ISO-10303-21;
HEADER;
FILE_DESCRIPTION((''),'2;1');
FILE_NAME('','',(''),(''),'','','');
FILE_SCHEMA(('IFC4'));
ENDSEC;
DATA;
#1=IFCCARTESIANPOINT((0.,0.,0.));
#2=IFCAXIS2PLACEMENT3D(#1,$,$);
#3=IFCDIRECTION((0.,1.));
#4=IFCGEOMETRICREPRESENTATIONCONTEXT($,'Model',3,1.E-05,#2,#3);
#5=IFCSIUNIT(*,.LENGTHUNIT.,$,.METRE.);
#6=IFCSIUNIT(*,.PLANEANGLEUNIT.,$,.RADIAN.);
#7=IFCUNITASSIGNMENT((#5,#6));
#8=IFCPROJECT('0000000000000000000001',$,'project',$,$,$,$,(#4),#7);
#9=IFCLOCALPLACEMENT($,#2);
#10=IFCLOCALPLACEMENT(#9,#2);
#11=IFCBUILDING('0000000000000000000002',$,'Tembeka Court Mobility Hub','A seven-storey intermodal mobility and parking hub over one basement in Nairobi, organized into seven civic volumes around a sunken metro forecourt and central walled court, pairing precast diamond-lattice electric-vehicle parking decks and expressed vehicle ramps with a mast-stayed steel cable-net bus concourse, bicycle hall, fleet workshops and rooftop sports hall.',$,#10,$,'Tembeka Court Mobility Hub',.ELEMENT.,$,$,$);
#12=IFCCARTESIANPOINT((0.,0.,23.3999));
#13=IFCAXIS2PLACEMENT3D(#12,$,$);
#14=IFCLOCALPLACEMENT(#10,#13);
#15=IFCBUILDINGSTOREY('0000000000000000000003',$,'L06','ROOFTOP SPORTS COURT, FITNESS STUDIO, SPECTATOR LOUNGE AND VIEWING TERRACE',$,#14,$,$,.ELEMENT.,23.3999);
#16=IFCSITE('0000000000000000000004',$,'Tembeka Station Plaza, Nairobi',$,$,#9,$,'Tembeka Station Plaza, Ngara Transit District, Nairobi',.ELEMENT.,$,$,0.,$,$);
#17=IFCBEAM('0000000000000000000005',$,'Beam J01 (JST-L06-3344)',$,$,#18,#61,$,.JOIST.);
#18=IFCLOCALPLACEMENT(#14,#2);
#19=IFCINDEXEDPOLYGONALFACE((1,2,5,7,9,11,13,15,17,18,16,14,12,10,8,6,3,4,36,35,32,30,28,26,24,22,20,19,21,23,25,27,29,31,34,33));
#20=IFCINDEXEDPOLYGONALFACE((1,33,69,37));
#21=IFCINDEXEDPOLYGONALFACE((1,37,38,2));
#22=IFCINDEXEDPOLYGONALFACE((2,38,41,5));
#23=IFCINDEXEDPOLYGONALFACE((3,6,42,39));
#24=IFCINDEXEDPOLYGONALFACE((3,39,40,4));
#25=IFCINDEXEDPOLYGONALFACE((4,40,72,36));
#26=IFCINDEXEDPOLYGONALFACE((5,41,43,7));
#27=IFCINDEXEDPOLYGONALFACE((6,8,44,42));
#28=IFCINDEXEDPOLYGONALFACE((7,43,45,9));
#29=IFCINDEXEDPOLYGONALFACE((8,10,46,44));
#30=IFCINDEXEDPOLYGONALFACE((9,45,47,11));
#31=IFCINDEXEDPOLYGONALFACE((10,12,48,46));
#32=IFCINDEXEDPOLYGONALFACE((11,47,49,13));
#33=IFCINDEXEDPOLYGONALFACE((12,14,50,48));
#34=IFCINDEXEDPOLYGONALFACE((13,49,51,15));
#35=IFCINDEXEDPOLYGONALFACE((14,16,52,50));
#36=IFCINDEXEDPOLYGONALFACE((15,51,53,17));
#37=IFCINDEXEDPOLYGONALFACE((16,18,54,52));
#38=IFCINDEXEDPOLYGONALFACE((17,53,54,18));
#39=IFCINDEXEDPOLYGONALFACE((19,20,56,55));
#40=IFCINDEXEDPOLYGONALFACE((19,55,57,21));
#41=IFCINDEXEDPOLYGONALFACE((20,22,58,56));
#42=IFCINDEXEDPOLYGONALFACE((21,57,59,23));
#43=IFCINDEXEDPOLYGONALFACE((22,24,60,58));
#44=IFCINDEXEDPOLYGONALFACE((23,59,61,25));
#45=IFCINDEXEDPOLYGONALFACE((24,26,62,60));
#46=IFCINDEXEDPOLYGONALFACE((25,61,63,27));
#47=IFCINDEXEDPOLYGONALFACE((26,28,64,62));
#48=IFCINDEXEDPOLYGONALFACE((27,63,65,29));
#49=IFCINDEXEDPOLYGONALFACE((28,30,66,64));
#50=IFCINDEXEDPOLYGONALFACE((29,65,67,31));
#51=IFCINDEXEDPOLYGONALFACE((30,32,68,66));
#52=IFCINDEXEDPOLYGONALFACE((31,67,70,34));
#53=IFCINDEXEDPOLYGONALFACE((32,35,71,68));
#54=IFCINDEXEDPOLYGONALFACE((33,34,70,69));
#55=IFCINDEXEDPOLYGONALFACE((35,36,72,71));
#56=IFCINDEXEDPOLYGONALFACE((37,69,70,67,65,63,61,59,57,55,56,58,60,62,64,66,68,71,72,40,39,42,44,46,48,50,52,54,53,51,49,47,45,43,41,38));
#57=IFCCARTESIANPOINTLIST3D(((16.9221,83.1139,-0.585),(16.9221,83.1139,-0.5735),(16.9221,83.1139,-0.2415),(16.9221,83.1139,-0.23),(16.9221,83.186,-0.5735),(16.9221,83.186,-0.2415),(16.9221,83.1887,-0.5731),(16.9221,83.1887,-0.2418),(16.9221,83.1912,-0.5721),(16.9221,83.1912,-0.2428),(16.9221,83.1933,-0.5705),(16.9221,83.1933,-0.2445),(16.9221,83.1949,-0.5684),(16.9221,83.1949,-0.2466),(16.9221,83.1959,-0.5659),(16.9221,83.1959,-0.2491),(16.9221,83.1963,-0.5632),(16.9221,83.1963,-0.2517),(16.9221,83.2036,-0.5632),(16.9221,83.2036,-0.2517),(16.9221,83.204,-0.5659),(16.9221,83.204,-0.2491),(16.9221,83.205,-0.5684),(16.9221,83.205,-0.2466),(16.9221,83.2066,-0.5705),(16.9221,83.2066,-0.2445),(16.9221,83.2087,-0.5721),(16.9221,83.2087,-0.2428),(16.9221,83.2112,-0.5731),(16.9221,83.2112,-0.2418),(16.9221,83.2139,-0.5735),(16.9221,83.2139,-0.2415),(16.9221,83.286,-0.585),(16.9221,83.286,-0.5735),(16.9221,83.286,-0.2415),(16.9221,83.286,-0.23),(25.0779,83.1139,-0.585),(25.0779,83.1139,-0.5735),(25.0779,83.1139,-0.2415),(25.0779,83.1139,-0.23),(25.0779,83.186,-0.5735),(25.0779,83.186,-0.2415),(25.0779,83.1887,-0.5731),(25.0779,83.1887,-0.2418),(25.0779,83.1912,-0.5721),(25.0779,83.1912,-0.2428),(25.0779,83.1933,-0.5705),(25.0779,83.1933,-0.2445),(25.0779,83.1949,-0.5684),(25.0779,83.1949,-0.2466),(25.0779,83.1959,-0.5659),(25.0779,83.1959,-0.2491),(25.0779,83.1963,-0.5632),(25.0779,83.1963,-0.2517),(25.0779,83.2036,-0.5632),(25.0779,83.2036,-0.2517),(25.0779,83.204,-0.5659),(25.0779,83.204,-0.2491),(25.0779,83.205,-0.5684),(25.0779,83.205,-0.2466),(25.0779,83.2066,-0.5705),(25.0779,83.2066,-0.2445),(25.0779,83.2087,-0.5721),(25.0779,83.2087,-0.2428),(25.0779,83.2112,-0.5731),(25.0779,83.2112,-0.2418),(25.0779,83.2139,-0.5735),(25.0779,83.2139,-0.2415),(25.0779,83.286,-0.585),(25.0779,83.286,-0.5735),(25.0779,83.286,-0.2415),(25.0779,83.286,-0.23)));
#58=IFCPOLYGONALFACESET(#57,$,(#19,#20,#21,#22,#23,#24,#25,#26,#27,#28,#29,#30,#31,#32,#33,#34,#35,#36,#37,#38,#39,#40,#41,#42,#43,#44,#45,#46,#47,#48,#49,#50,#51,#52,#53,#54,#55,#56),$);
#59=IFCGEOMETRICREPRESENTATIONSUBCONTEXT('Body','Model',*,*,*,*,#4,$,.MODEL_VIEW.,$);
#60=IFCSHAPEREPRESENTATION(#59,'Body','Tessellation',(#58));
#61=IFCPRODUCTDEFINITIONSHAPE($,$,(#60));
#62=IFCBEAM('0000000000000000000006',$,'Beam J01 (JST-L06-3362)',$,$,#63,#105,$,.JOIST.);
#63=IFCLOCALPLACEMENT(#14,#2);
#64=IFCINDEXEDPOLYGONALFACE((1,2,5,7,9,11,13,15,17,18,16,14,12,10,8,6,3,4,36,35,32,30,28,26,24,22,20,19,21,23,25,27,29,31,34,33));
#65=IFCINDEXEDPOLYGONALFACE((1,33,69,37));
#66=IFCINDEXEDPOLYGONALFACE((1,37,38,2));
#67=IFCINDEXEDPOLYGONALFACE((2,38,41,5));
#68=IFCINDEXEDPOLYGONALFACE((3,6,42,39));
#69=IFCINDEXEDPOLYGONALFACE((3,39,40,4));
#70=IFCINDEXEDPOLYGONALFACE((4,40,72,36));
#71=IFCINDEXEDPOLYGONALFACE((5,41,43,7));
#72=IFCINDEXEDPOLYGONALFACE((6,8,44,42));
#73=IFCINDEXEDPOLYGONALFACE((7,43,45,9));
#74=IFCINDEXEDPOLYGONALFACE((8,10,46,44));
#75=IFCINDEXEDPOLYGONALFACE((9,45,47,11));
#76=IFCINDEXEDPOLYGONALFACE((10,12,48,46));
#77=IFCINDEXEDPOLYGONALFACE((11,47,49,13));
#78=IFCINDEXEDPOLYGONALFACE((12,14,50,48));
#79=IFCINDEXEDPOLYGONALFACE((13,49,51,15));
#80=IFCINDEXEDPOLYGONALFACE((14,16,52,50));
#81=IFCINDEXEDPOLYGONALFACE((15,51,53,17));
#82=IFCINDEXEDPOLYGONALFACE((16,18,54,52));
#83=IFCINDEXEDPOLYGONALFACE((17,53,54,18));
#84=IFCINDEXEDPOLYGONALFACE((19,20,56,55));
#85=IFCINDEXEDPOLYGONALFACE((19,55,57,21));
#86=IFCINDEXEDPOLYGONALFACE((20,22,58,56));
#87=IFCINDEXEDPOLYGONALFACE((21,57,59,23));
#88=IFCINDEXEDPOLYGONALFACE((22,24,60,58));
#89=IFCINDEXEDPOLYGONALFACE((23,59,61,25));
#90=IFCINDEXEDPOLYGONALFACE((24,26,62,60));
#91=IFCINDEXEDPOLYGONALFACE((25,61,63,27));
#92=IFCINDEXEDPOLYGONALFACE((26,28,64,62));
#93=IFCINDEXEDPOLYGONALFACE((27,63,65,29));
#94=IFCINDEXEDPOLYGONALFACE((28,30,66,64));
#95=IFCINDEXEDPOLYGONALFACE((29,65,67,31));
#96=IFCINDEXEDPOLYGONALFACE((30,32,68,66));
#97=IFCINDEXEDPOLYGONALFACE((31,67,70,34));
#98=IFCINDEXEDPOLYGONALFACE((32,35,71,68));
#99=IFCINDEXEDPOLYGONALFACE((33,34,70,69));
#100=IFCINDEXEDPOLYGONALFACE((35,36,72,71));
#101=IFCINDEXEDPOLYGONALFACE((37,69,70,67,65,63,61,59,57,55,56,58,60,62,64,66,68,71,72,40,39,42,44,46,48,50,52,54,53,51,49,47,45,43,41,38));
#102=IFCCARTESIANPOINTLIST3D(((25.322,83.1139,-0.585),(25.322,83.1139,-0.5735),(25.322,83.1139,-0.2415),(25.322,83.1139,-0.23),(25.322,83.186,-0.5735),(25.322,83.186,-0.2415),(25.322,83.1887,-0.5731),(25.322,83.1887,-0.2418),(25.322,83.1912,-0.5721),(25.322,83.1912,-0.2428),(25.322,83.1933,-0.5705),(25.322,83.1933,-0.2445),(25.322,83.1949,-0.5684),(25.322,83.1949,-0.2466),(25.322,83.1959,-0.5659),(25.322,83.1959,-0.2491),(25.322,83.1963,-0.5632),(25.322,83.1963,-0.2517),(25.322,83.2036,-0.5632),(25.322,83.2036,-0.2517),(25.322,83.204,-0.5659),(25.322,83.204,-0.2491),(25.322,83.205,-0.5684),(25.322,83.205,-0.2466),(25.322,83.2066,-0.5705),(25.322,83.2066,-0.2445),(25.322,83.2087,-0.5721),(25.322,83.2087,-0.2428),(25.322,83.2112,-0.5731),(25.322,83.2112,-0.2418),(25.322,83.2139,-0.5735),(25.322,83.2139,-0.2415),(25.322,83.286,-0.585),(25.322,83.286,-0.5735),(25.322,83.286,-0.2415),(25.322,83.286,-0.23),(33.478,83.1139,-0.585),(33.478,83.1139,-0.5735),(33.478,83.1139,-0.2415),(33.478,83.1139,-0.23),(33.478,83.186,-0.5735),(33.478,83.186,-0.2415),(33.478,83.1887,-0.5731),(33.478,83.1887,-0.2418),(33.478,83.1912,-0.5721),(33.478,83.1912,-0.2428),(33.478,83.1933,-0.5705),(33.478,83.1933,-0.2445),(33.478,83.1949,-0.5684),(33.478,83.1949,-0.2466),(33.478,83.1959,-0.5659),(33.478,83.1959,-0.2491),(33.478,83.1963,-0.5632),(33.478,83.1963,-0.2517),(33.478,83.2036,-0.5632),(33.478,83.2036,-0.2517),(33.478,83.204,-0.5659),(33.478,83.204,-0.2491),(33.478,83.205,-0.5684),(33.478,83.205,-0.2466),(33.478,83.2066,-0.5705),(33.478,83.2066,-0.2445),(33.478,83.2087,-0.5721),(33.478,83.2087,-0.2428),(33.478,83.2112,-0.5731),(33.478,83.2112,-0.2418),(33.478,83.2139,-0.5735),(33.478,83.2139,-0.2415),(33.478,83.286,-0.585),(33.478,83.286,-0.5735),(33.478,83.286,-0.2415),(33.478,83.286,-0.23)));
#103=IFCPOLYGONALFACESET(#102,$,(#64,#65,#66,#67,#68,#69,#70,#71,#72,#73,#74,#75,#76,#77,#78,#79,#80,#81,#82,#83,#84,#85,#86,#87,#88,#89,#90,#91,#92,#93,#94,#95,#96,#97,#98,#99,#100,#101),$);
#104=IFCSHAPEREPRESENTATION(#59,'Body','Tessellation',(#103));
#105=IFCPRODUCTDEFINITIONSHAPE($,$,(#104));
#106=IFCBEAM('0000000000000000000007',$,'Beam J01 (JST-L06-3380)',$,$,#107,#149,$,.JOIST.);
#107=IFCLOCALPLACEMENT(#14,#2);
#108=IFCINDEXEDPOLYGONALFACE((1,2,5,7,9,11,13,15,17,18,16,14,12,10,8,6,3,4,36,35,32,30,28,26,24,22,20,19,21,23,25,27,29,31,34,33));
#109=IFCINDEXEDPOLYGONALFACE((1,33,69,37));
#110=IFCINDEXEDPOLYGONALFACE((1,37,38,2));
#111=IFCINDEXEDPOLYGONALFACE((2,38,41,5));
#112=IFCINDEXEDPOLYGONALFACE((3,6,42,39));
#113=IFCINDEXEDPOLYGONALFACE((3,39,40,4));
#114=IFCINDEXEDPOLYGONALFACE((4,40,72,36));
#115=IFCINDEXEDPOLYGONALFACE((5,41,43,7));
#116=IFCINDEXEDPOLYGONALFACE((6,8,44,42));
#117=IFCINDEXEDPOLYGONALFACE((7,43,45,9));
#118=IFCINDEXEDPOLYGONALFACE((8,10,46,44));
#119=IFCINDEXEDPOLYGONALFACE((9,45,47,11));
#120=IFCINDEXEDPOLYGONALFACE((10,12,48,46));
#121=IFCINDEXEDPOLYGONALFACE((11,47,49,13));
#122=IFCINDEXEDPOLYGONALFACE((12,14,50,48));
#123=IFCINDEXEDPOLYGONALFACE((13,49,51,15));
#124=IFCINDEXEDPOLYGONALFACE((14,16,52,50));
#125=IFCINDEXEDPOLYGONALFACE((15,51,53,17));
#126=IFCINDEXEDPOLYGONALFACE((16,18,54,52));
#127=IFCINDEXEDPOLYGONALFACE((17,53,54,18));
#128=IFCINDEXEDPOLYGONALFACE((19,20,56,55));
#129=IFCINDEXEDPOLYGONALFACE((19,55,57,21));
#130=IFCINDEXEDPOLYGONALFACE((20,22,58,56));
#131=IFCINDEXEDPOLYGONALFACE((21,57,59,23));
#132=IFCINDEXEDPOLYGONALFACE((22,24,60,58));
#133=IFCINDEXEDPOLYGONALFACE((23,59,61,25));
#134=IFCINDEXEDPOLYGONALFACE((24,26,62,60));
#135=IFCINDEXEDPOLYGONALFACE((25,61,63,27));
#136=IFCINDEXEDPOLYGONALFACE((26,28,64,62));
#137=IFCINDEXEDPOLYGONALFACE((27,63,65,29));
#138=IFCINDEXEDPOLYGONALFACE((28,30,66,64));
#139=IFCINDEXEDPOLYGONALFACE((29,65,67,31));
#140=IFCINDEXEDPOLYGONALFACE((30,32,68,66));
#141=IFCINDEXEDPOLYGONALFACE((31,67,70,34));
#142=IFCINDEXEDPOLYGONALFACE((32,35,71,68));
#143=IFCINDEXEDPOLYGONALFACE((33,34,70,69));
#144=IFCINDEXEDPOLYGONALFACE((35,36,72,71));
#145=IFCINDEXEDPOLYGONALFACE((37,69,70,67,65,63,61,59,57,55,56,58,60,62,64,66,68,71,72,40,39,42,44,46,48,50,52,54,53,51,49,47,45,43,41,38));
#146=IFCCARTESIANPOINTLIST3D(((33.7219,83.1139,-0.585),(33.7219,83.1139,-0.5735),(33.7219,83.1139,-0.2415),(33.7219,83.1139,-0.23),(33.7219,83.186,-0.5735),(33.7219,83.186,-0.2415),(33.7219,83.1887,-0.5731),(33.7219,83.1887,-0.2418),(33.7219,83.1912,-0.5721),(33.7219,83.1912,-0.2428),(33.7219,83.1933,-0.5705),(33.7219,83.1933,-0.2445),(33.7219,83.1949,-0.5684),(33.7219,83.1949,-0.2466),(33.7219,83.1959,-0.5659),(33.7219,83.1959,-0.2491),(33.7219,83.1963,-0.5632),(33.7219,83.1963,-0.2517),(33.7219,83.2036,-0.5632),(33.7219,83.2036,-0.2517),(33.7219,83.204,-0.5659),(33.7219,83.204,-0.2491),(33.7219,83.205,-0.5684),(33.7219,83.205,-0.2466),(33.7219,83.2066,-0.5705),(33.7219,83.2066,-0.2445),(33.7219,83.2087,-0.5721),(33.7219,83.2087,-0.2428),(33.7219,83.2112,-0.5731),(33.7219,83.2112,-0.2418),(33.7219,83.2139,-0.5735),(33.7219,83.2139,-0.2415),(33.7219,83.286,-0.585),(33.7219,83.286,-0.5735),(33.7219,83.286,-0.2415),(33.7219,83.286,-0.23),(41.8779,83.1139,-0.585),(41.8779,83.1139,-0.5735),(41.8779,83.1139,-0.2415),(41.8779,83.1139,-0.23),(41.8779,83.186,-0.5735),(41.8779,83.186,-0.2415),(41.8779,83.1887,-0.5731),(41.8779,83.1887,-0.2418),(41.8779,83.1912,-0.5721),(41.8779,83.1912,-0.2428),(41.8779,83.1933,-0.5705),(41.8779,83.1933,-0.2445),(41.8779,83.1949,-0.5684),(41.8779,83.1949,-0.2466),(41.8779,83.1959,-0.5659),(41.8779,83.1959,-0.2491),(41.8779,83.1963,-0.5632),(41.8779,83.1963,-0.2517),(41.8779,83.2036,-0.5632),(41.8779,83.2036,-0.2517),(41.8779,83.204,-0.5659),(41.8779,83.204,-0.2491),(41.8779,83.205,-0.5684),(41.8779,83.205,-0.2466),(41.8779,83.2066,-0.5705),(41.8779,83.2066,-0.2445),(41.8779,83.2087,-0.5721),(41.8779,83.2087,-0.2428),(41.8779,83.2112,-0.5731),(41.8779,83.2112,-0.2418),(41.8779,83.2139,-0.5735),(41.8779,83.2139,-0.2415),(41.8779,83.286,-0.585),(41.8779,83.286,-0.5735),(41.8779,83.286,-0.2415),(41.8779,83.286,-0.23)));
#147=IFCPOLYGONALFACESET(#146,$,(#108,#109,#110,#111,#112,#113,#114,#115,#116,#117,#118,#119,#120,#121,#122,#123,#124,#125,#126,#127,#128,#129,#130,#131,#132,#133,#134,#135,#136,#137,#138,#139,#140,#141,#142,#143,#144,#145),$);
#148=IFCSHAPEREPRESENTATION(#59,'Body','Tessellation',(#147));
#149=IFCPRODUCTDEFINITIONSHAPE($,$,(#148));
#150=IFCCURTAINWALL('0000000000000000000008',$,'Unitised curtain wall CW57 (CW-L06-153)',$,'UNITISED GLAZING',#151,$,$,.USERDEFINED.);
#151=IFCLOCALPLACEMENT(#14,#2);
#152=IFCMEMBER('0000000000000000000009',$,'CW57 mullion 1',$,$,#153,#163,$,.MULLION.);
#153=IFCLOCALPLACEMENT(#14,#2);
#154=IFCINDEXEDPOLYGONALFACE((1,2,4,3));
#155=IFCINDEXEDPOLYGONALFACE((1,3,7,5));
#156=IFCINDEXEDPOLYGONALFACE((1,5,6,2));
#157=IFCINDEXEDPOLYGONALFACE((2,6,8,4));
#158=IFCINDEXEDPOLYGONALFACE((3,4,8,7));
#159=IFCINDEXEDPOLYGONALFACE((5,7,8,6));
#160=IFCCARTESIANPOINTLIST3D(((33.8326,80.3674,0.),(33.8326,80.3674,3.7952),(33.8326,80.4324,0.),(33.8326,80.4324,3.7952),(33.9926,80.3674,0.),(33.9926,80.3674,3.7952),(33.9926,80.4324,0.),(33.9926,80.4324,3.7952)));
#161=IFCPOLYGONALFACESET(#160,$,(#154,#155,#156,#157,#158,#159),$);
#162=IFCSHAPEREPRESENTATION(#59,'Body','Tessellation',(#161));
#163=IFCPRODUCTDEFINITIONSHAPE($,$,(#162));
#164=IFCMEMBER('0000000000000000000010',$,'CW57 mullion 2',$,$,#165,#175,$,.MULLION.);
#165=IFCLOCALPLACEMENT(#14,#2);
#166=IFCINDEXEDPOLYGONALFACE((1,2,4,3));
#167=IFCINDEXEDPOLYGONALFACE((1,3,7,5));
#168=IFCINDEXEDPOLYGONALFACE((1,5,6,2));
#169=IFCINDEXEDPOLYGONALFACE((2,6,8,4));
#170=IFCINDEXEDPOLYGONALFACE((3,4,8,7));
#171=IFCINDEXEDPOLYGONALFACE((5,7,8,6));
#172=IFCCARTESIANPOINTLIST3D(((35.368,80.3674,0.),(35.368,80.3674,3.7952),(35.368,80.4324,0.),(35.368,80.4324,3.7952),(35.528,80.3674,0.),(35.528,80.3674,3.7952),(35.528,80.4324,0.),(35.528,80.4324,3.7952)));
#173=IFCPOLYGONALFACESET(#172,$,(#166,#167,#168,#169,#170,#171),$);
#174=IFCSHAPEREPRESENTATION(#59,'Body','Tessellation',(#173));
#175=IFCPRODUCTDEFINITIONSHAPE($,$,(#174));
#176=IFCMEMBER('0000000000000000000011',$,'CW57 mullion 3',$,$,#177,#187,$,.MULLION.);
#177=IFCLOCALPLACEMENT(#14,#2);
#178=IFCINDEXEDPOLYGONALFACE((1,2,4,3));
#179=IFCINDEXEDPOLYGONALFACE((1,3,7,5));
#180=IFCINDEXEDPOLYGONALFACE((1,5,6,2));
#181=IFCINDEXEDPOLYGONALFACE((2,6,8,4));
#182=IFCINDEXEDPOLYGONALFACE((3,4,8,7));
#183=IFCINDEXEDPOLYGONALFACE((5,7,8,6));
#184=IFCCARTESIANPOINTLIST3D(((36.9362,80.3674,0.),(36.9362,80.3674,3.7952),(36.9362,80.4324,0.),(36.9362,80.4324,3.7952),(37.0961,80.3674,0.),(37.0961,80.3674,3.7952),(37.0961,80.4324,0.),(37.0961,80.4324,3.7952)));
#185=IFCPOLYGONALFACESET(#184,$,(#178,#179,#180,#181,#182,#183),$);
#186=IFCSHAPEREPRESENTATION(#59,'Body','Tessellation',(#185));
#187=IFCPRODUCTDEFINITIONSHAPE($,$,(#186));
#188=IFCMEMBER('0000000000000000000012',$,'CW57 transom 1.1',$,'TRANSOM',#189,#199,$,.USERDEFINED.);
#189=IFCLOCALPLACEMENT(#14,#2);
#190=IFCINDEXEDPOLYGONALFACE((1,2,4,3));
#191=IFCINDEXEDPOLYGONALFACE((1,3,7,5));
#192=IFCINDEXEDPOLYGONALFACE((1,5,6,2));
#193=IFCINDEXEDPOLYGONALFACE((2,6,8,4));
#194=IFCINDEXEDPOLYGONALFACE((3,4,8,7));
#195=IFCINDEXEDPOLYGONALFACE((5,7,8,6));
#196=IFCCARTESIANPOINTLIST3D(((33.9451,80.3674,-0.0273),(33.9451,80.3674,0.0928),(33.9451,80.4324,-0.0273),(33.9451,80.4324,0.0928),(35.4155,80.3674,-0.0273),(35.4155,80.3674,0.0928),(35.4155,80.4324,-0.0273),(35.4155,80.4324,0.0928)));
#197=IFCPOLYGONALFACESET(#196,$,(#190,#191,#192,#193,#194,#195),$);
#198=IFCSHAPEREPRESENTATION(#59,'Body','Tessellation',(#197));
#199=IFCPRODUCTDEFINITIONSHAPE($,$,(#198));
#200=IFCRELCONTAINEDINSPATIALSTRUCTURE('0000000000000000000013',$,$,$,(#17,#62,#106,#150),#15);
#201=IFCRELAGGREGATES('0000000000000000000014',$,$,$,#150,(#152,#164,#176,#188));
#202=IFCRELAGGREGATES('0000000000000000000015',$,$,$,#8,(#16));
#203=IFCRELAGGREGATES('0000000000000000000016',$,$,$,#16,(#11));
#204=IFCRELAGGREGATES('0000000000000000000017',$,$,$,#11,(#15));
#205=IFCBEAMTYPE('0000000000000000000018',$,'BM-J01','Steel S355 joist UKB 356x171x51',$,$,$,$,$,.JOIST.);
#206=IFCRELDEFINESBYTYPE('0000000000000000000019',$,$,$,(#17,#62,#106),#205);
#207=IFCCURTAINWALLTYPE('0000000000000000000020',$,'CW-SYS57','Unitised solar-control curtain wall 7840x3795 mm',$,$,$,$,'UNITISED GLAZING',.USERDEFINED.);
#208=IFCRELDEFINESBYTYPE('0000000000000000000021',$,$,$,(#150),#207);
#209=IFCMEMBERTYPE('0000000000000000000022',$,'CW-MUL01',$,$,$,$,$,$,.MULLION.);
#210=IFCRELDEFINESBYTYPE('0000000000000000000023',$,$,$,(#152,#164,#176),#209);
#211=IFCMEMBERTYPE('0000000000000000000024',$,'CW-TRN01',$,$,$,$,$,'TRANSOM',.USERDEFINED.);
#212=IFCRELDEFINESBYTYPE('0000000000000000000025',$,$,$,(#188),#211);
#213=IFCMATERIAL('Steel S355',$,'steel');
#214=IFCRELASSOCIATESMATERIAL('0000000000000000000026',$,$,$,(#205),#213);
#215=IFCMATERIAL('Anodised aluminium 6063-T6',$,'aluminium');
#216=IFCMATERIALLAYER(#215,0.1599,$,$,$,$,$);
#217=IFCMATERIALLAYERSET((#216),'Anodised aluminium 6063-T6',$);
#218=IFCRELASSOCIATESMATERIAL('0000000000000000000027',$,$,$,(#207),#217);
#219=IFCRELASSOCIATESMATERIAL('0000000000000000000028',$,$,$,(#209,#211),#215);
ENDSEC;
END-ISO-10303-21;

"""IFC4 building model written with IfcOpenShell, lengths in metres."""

from ifc_helpers import new_model, si_unit, direction, frame, origin, origin_2d, place, context, subcontext, project, spatial, rectangle, i_section, extrude, material, layer, layer_set, material_profile, profile_set, type_object, element, aggregate, save


model = new_model("IFC4")

# Units and contexts
model_context = context("Model", 3, precision=1e-05, world=origin(), true_north=direction((0.0, 1.0)))
body_context = subcontext(model_context, "Body", "Model", "MODEL_VIEW")
ifc_project = project(units=[si_unit("LENGTHUNIT", "METRE"), si_unit("PLANEANGLEUNIT", "RADIAN")], contexts=[model_context])

# Site, building, storey
site_placement = place(None, origin())
site = spatial("IfcSite", under=ifc_project, at=site_placement, Name="Tembeka Station Plaza, Nairobi", LongName="Tembeka Station Plaza, Ngara Transit District, Nairobi", CompositionType="ELEMENT", RefElevation=0.0)
building_placement = place(site_placement, origin())
building = spatial("IfcBuilding", under=site, at=building_placement, Name="Tembeka Court Mobility Hub", Description="A seven-storey intermodal mobility and parking hub over one basement in Nairobi, organized into seven civic volumes around a sunken metro forecourt and central walled court, pairing precast diamond-lattice electric-vehicle parking decks and expressed vehicle ramps with a mast-stayed steel cable-net bus concourse, bicycle hall, fleet workshops and rooftop sports hall.", LongName="Tembeka Court Mobility Hub", CompositionType="ELEMENT")
storey_placement = place(building_placement, frame((0.0, 0.0, 23.3999)))
storey = spatial("IfcBuildingStorey", under=building, at=storey_placement, Name="L06", Description="ROOFTOP SPORTS COURT, FITNESS STUDIO, SPECTATOR LOUNGE AND VIEWING TERRACE", CompositionType="ELEMENT", Elevation=23.3999)

# Shared definitions
ifc_material_1 = material(Name="Steel S355", Category="steel")

# Beams
ifc_material_profile_1 = material_profile(ifc_material_1, i_section(OverallWidth=0.1721, OverallDepth=0.355, WebThickness=0.0073, FlangeThickness=0.0115, FilletRadius=0.0103, at=origin_2d()), Name="UKB 356x171x51")
ifc_profile_set_1 = profile_set([ifc_material_profile_1], Name="Steel S355")
beam_type_1 = type_object("IfcBeamType", Name="BM-J01", Description="Steel S355 joist UKB 356x171x51", PredefinedType="JOIST", material=ifc_profile_set_1)
beam_1_placement = place(storey_placement, frame((16.9221, 83.2, -0.4075), z_axis=(1.0, 0.0, 0.0), x_axis=(0.0, 1.0, 0.0)))
element("IfcBeam", 1, at=beam_1_placement, inside=storey, type_object=beam_type_1, Name="Beam J01 (JST-L06-3344)", PredefinedType="JOIST", context=body_context, shape_type="SweptSolid", body=[
    extrude(i_section(OverallWidth=0.1721, OverallDepth=0.355, WebThickness=0.0073, FlangeThickness=0.0115, FilletRadius=0.0103, at=origin_2d()), origin(), (0.0, 0.0, 1.0), 8.1558),
])
for number, where, z_axis, x_axis, name in (
    (2, (25.322, 83.2, -0.4075), (1.0, 0.0, 0.0), (0.0, 1.0, 0.0), "Beam J01 (JST-L06-3362)"),
    (3, (33.7219, 83.2, -0.4075), (1.0, 0.0, 0.0), (0.0, 1.0, 0.0), "Beam J01 (JST-L06-3380)"),
):
    element("IfcBeam", number, at=place(storey_placement, frame(where, z_axis=z_axis, x_axis=x_axis)), inside=storey, type_object=beam_type_1, Name=name, PredefinedType="JOIST", context=body_context, shape_type="SweptSolid", body=[
        extrude(i_section(OverallWidth=0.1721, OverallDepth=0.355, WebThickness=0.0073, FlangeThickness=0.0115, FilletRadius=0.0103, at=origin_2d()), origin(), (0.0, 0.0, 1.0), 8.156),
    ])

# Curtain wall, members
ifc_material_2 = material(Name="Anodised aluminium 6063-T6", Category="aluminium")
ifc_layer_1 = layer(ifc_material_2, 0.1599)
ifc_layer_set_1 = layer_set([ifc_layer_1], Name="Anodised aluminium 6063-T6")
curtain_wall_type = type_object("IfcCurtainWallType", Name="CW-SYS57", Description="Unitised solar-control curtain wall 7840x3795 mm", ElementType="UNITISED GLAZING", PredefinedType="USERDEFINED", material=ifc_layer_set_1)
curtain_wall_placement = place(storey_placement, origin())
curtain_wall = element("IfcCurtainWall", 4, at=curtain_wall_placement, inside=storey, type_object=curtain_wall_type, Name="Unitised curtain wall CW57 (CW-L06-153)", ObjectType="UNITISED GLAZING", PredefinedType="USERDEFINED")
ifc_material_profile_2 = material_profile(ifc_material_2, rectangle(XDim=0.0649, YDim=0.1599, at=origin_2d()), Name="ALU-MUL 65x160")
ifc_profile_set_2 = profile_set([ifc_material_profile_2], Name="Anodised aluminium 6063-T6")
member_type_1 = type_object("IfcMemberType", Name="CW-MUL01", PredefinedType="MULLION", material=ifc_profile_set_2)
member_1_placement = place(storey_placement, frame((33.9126, 80.3999, 0.0), z_axis=(0.0, 0.0, 1.0), x_axis=(0.0, 1.0, 0.0)))
member_1 = element("IfcMember", 5, at=member_1_placement, type_object=member_type_1, Name="CW57 mullion 1", PredefinedType="MULLION", context=body_context, shape_type="SweptSolid", body=[
    extrude(rectangle(XDim=0.0649, YDim=0.1599, at=origin_2d()), origin(), (0.0, 0.0, 1.0), 3.7952),
])
member_2_placement = place(storey_placement, frame((35.448, 80.3999, 0.0), z_axis=(0.0, 0.0, 1.0), x_axis=(0.0, 1.0, 0.0)))
member_2 = element("IfcMember", 6, at=member_2_placement, type_object=member_type_1, Name="CW57 mullion 2", PredefinedType="MULLION", context=body_context, shape_type="SweptSolid", body=[
    extrude(rectangle(XDim=0.0649, YDim=0.1599, at=origin_2d()), origin(), (0.0, 0.0, 1.0), 3.7952),
])
member_3_placement = place(storey_placement, frame((37.0161, 80.3999, 0.0), z_axis=(0.0, 0.0, 1.0), x_axis=(0.0, 1.0, 0.0)))
member_3 = element("IfcMember", 7, at=member_3_placement, type_object=member_type_1, Name="CW57 mullion 3", PredefinedType="MULLION", context=body_context, shape_type="SweptSolid", body=[
    extrude(rectangle(XDim=0.0649, YDim=0.1599, at=origin_2d()), origin(), (0.0, 0.0, 1.0), 3.7952),
])
ifc_material_profile_3 = material_profile(ifc_material_2, rectangle(XDim=0.0649, YDim=0.1201, at=origin_2d()), Name="ALU-TRN 65x120")
ifc_profile_set_3 = profile_set([ifc_material_profile_3], Name="Anodised aluminium 6063-T6")
member_type_2 = type_object("IfcMemberType", Name="CW-TRN01", ElementType="TRANSOM", PredefinedType="USERDEFINED", material=ifc_profile_set_3)
member_4_placement = place(storey_placement, frame((33.9451, 80.3999, 0.0327), z_axis=(1.0, 0.0, 0.0), x_axis=(0.0, 1.0, 0.0)))
member_4 = element("IfcMember", 8, at=member_4_placement, type_object=member_type_2, Name="CW57 transom 1.1", ObjectType="TRANSOM", PredefinedType="USERDEFINED", context=body_context, shape_type="SweptSolid", body=[
    extrude(rectangle(XDim=0.0649, YDim=0.1201, at=origin_2d()), origin(), (0.0, 0.0, 1.0), 1.4705),
])
aggregate(curtain_wall, [member_1, member_2, member_3, member_4])

save(model, "model.ifc")
